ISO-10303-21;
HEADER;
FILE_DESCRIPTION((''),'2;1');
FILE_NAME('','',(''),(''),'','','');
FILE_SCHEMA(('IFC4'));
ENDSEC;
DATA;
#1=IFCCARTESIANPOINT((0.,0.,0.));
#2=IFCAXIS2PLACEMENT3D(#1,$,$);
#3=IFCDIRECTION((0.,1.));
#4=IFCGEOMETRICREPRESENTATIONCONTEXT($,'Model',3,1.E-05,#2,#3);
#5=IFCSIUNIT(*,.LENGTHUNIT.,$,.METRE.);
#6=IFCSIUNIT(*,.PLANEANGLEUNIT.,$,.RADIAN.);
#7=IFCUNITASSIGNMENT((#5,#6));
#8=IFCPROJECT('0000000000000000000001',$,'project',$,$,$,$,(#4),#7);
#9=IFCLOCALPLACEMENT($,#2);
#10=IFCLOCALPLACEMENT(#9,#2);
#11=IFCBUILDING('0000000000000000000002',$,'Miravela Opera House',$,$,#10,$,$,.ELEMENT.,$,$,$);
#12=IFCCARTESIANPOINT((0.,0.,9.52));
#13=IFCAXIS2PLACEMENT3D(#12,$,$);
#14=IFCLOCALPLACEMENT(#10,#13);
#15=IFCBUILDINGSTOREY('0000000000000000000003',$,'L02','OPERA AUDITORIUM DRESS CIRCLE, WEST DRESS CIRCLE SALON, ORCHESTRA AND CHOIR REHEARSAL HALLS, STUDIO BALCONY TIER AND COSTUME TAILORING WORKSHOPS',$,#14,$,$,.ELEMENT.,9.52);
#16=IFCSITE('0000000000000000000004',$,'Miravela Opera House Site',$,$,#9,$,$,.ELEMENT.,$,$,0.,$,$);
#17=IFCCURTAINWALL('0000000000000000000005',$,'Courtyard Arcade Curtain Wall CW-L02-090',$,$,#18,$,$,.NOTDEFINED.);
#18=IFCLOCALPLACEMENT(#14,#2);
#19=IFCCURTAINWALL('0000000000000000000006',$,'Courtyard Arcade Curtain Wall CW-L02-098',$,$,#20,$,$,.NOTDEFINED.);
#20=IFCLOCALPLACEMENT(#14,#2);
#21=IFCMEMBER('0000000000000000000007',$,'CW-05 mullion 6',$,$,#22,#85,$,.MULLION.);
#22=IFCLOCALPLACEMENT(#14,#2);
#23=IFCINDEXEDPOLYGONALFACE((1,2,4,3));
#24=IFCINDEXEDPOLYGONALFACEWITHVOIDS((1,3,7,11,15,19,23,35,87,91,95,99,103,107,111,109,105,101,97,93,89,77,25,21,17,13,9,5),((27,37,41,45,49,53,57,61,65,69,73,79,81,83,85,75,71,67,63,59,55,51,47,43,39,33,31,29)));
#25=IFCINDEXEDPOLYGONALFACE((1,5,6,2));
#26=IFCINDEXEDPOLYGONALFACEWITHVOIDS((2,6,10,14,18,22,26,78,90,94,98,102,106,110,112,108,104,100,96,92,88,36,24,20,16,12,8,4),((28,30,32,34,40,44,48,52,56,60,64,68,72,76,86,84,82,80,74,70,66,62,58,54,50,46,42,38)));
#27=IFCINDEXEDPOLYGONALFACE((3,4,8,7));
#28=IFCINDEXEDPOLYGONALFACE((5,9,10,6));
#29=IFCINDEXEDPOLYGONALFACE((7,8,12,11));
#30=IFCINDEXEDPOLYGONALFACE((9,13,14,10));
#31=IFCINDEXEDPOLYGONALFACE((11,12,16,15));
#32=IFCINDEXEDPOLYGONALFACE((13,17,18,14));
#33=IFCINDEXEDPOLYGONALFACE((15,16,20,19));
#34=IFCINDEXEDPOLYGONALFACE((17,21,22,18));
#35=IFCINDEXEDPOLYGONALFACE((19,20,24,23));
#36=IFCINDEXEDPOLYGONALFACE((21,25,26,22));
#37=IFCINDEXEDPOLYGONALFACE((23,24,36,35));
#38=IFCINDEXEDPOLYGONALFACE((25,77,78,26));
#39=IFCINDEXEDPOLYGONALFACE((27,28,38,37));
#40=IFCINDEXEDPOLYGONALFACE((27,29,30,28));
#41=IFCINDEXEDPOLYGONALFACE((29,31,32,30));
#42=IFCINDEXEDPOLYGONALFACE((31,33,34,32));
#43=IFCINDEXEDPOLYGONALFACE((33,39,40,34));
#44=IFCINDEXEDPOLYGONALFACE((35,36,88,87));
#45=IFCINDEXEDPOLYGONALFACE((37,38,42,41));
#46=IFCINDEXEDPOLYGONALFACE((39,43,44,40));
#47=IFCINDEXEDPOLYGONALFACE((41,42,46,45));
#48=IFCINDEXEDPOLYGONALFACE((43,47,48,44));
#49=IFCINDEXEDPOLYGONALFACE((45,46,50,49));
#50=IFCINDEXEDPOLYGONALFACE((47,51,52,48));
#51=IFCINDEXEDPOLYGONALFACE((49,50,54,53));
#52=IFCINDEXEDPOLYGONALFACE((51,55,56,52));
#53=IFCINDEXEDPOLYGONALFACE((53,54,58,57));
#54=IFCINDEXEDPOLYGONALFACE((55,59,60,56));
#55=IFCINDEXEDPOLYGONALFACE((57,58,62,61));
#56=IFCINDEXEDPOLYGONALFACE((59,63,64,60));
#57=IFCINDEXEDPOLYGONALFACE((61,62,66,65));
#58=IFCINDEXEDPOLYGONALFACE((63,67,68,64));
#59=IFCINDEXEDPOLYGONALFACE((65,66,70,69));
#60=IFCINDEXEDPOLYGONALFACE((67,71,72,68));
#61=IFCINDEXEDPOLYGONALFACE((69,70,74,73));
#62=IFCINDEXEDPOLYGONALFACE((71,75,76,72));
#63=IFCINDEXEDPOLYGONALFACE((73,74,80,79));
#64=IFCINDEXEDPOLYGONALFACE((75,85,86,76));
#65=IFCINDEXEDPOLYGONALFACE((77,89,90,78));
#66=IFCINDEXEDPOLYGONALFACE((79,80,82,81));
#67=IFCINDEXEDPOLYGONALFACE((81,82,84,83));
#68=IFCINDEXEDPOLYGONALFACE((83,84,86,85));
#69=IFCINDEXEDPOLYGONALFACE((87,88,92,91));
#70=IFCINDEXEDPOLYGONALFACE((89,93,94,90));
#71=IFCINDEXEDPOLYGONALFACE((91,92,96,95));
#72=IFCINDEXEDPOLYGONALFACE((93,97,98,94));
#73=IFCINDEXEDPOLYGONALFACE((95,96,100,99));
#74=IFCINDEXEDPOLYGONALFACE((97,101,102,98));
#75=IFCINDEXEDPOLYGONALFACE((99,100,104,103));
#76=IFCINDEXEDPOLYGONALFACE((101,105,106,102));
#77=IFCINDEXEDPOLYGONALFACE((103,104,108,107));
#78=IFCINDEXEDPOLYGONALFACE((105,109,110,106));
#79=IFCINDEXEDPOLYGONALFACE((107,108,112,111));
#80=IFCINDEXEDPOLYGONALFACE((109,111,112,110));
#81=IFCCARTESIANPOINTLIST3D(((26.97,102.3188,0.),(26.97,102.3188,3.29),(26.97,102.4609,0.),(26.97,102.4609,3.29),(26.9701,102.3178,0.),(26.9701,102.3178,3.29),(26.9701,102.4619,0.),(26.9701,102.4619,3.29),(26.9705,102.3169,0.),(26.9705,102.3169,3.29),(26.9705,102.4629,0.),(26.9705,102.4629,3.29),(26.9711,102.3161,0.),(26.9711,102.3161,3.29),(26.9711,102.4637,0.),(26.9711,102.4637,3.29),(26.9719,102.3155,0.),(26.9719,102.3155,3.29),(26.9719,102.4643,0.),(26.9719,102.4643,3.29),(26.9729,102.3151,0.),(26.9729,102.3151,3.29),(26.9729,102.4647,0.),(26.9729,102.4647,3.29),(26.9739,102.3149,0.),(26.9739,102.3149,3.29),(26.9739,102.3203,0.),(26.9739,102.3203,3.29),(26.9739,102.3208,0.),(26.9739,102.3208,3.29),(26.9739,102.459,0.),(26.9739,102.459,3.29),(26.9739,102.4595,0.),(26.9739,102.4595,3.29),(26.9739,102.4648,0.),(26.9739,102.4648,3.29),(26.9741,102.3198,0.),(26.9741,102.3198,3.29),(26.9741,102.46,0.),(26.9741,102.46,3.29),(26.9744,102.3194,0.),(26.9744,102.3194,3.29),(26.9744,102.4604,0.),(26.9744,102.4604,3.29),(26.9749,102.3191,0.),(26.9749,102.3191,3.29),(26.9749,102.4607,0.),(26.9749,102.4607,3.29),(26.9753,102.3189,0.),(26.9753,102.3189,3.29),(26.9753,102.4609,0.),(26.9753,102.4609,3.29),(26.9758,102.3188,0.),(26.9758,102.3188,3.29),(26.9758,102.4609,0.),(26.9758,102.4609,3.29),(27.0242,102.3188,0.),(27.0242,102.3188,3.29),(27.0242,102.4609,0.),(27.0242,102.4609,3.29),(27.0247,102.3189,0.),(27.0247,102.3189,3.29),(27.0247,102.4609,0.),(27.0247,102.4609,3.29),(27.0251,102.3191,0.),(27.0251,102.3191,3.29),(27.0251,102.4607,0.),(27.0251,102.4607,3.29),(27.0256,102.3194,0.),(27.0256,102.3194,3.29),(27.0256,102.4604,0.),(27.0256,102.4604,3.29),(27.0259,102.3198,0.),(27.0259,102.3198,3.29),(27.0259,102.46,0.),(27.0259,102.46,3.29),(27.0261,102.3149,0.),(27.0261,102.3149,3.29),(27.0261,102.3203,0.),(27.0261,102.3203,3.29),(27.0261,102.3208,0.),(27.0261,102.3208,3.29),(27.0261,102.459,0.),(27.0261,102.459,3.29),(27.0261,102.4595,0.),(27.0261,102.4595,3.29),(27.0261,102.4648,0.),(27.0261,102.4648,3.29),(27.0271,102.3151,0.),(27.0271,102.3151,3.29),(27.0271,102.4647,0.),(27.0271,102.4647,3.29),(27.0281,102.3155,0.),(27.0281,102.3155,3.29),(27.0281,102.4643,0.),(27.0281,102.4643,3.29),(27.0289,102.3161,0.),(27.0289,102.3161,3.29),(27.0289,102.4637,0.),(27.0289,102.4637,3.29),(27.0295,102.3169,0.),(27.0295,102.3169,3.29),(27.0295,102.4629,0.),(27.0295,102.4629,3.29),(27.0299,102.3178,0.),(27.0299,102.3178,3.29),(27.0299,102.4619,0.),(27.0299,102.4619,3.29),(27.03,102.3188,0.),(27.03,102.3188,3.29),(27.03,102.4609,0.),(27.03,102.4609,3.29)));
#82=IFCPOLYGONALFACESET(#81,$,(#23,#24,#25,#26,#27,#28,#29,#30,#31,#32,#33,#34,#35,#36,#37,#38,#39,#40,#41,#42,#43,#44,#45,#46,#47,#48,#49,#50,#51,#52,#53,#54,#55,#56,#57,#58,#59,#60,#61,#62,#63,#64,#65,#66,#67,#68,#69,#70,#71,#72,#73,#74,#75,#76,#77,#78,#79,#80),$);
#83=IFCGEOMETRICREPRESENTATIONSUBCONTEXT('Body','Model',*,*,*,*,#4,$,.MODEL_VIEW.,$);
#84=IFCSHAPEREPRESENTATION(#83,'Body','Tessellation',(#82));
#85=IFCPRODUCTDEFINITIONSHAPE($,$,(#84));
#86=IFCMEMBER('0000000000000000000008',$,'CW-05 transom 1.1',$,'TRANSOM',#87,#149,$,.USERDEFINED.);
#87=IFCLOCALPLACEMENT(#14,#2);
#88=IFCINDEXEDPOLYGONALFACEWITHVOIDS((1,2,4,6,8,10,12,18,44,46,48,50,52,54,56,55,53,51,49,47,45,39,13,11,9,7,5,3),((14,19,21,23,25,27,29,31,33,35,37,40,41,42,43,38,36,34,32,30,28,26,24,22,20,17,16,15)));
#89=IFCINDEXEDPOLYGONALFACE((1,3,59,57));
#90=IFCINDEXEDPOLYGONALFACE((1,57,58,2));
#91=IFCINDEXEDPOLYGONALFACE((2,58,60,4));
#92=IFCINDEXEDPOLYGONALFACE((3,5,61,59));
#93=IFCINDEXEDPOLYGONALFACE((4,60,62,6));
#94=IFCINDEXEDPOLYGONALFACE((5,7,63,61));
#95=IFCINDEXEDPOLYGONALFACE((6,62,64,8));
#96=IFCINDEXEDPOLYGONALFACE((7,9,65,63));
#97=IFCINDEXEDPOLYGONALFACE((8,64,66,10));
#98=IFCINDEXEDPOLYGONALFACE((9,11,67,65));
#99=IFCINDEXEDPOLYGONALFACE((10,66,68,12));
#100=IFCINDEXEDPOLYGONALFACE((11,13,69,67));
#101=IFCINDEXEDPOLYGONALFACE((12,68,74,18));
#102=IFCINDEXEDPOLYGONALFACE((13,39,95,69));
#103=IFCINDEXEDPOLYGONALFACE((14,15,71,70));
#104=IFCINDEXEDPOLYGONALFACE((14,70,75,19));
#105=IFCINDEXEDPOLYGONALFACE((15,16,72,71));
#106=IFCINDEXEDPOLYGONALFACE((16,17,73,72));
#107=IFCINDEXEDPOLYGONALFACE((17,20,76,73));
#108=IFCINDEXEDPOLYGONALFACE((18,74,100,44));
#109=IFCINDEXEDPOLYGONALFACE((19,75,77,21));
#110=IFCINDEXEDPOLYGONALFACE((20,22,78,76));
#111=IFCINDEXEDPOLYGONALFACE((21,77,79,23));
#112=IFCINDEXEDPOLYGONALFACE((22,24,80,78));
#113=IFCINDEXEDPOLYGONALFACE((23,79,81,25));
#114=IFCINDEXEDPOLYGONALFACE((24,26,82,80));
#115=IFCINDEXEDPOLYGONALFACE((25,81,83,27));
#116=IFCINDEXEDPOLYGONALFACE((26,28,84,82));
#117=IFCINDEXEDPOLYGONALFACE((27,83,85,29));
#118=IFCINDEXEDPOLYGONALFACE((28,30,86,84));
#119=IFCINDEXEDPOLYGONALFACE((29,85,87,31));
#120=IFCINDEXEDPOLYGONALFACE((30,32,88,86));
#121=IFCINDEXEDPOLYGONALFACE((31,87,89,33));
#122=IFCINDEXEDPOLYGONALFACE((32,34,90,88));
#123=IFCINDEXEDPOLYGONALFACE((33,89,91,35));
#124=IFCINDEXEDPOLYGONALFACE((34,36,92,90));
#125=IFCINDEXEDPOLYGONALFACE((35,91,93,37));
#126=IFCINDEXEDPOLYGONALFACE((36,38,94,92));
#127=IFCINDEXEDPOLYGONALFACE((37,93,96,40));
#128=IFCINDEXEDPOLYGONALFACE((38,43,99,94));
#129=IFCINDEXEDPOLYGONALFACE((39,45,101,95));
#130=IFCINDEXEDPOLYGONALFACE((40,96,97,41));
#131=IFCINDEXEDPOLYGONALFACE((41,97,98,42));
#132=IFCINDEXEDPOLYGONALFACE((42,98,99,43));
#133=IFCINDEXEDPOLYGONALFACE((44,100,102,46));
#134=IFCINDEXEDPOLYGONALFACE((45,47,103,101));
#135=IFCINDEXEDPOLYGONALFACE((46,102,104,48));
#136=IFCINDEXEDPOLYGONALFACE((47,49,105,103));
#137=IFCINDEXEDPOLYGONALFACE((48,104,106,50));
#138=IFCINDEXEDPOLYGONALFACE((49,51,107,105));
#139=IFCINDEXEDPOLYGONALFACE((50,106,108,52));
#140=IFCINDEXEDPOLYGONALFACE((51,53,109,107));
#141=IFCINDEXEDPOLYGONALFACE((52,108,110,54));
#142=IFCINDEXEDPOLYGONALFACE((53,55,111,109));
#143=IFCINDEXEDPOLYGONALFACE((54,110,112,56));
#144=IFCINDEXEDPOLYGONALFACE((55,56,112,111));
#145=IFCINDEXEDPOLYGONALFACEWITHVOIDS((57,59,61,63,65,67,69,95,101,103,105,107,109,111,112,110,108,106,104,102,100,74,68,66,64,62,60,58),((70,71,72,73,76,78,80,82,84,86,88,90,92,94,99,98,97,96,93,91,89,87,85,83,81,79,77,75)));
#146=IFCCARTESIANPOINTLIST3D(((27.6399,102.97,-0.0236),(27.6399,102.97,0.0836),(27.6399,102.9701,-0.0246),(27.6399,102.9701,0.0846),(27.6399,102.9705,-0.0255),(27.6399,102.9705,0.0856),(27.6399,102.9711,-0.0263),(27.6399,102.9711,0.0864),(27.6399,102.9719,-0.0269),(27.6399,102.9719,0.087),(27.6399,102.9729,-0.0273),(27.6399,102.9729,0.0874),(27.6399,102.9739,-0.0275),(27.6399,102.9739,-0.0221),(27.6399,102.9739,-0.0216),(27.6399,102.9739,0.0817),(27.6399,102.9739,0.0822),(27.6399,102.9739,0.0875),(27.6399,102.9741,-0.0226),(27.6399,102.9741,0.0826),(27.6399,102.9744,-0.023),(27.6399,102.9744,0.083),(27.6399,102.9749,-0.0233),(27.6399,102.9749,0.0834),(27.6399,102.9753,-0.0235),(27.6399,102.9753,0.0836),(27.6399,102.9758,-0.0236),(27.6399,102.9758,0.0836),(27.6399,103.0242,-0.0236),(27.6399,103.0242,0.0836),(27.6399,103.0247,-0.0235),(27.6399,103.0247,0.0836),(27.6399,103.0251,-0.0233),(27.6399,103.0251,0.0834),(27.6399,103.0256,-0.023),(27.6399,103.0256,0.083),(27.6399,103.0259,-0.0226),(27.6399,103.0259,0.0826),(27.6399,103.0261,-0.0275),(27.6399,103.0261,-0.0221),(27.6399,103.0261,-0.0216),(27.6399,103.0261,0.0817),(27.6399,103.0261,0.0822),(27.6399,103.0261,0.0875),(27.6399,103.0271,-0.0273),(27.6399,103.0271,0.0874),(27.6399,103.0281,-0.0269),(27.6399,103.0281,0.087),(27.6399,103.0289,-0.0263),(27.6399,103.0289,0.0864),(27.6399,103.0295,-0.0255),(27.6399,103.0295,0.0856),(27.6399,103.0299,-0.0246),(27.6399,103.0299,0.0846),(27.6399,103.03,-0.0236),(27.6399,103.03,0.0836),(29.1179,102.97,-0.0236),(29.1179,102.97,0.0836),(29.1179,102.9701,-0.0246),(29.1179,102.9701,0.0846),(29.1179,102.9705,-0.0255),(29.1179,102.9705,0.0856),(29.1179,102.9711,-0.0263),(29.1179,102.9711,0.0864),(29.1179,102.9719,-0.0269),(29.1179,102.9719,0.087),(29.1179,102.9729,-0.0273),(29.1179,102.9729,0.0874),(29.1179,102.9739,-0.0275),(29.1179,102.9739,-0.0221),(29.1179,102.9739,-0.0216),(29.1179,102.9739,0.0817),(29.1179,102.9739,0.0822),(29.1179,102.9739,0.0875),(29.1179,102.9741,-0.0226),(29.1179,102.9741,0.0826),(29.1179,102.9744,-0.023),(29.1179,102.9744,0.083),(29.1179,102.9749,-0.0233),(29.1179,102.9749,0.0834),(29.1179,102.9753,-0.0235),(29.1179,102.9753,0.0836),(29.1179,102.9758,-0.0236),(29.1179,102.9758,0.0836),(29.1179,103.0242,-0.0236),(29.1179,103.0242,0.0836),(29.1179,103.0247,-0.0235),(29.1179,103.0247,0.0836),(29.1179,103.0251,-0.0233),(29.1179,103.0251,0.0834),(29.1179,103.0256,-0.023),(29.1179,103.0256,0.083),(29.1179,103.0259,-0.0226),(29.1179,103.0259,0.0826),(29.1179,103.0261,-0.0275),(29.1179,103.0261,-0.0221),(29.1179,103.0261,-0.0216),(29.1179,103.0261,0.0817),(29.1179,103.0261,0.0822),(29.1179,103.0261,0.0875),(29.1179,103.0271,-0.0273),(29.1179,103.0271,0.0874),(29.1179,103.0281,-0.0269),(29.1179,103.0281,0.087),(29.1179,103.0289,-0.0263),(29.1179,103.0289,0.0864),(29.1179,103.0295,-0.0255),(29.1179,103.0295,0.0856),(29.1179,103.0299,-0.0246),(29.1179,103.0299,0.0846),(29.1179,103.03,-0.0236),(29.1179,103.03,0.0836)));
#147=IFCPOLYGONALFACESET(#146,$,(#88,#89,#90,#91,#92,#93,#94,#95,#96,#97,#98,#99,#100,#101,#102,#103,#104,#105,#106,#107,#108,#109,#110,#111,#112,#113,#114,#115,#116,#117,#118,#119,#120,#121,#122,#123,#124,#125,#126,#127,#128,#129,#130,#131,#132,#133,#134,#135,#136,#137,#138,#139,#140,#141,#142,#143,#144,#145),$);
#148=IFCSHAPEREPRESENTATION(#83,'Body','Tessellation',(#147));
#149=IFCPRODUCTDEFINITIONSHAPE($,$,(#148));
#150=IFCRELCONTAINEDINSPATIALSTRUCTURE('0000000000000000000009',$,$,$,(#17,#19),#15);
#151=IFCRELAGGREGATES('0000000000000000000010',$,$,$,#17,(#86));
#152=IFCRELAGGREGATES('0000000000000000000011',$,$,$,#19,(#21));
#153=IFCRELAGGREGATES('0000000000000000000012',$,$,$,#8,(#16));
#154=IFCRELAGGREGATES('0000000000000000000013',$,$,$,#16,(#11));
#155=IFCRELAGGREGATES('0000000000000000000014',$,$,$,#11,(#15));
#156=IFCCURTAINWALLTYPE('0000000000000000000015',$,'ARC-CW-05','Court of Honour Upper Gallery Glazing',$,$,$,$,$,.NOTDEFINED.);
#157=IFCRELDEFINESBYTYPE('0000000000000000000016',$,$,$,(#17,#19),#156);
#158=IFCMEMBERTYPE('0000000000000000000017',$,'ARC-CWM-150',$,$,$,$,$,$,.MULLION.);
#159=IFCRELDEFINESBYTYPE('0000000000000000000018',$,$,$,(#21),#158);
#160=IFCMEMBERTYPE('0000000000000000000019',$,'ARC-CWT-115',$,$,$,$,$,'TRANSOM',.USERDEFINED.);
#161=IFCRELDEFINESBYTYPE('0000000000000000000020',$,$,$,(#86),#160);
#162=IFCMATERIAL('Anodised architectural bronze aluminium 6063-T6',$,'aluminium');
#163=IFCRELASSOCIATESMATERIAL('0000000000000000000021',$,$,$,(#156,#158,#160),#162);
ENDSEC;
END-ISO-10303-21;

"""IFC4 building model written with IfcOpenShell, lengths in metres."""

from ifc_helpers import new_model, si_unit, direction, frame, origin, origin_2d, place, context, subcontext, project, spatial, hollow_rectangle, extrude, material, material_profile, profile_set, type_object, element, aggregate, save


model = new_model("IFC4")

# Units and contexts
model_context = context("Model", 3, precision=1e-05, world=origin(), true_north=direction((0.0, 1.0)))
body_context = subcontext(model_context, "Body", "Model", "MODEL_VIEW")
ifc_project = project(units=[si_unit("LENGTHUNIT", "METRE"), si_unit("PLANEANGLEUNIT", "RADIAN")], contexts=[model_context])

# Site, building, storey
site_placement = place(None, origin())
site = spatial("IfcSite", under=ifc_project, at=site_placement, Name="Miravela Opera House Site", CompositionType="ELEMENT", RefElevation=0.0)
building_placement = place(site_placement, origin())
building = spatial("IfcBuilding", under=site, at=building_placement, Name="Miravela Opera House", CompositionType="ELEMENT")
storey_placement = place(building_placement, frame((0.0, 0.0, 9.52)))
storey = spatial("IfcBuildingStorey", under=building, at=storey_placement, Name="L02", Description="OPERA AUDITORIUM DRESS CIRCLE, WEST DRESS CIRCLE SALON, ORCHESTRA AND CHOIR REHEARSAL HALLS, STUDIO BALCONY TIER AND COSTUME TAILORING WORKSHOPS", CompositionType="ELEMENT", Elevation=9.52)

# Curtain wall
ifc_material_1 = material(Name="Anodised architectural bronze aluminium 6063-T6", Category="aluminium")
curtain_wall_type = type_object("IfcCurtainWallType", Name="ARC-CW-05", Description="Court of Honour Upper Gallery Glazing", PredefinedType="NOTDEFINED", material=ifc_material_1)
curtain_wall_1_placement = place(storey_placement, origin())
curtain_wall_1 = element("IfcCurtainWall", 1, at=curtain_wall_1_placement, inside=storey, type_object=curtain_wall_type, Name="Courtyard Arcade Curtain Wall CW-L02-090", PredefinedType="NOTDEFINED")
ifc_material_profile_1 = material_profile(ifc_material_1, hollow_rectangle(XDim=0.0601, YDim=0.1499, WallThickness=0.0039, InnerFilletRadius=0.002, OuterFilletRadius=0.0039, at=origin_2d()), Name="CWM-60X150")
ifc_profile_set_1 = profile_set([ifc_material_profile_1])
member_type_1 = type_object("IfcMemberType", Name="ARC-CWM-150", PredefinedType="MULLION", material=ifc_profile_set_1)

# Curtain wall, member
curtain_wall_2_placement = place(storey_placement, origin())
curtain_wall_2 = element("IfcCurtainWall", 2, at=curtain_wall_2_placement, inside=storey, type_object=curtain_wall_type, Name="Courtyard Arcade Curtain Wall CW-L02-098", PredefinedType="NOTDEFINED")
member_1_placement = place(storey_placement, frame((27.0, 102.3899, 0.0), z_axis=(0.0, 0.0, 1.0), x_axis=(-1.0, 0.0, 0.0)))
member_1 = element("IfcMember", 3, at=member_1_placement, type_object=member_type_1, Name="CW-05 mullion 6", PredefinedType="MULLION", context=body_context, shape_type="SweptSolid", body=[
    extrude(hollow_rectangle(XDim=0.0601, YDim=0.1499, WallThickness=0.0039, InnerFilletRadius=0.002, OuterFilletRadius=0.0039, at=origin_2d()), origin(), (0.0, 0.0, 1.0), 3.29),
])

# Member
ifc_material_profile_2 = material_profile(ifc_material_1, hollow_rectangle(XDim=0.0601, YDim=0.115, WallThickness=0.0039, InnerFilletRadius=0.002, OuterFilletRadius=0.0039, at=origin_2d()), Name="CWT-60X115")
ifc_profile_set_2 = profile_set([ifc_material_profile_2])
member_type_2 = type_object("IfcMemberType", Name="ARC-CWT-115", ElementType="TRANSOM", PredefinedType="USERDEFINED", material=ifc_profile_set_2)
member_2_placement = place(storey_placement, frame((27.6399, 103.0, 0.03), z_axis=(1.0, 0.0, 0.0), x_axis=(0.0, 1.0, 0.0)))
member_2 = element("IfcMember", 4, at=member_2_placement, type_object=member_type_2, Name="CW-05 transom 1.1", ObjectType="TRANSOM", PredefinedType="USERDEFINED", context=body_context, shape_type="SweptSolid", body=[
    extrude(hollow_rectangle(XDim=0.0601, YDim=0.115, WallThickness=0.0039, InnerFilletRadius=0.002, OuterFilletRadius=0.0039, at=origin_2d()), origin(), (0.0, 0.0, 1.0), 1.478),
])

aggregate(curtain_wall_1, [member_2])
aggregate(curtain_wall_2, [member_1])

save(model, "model.ifc")
